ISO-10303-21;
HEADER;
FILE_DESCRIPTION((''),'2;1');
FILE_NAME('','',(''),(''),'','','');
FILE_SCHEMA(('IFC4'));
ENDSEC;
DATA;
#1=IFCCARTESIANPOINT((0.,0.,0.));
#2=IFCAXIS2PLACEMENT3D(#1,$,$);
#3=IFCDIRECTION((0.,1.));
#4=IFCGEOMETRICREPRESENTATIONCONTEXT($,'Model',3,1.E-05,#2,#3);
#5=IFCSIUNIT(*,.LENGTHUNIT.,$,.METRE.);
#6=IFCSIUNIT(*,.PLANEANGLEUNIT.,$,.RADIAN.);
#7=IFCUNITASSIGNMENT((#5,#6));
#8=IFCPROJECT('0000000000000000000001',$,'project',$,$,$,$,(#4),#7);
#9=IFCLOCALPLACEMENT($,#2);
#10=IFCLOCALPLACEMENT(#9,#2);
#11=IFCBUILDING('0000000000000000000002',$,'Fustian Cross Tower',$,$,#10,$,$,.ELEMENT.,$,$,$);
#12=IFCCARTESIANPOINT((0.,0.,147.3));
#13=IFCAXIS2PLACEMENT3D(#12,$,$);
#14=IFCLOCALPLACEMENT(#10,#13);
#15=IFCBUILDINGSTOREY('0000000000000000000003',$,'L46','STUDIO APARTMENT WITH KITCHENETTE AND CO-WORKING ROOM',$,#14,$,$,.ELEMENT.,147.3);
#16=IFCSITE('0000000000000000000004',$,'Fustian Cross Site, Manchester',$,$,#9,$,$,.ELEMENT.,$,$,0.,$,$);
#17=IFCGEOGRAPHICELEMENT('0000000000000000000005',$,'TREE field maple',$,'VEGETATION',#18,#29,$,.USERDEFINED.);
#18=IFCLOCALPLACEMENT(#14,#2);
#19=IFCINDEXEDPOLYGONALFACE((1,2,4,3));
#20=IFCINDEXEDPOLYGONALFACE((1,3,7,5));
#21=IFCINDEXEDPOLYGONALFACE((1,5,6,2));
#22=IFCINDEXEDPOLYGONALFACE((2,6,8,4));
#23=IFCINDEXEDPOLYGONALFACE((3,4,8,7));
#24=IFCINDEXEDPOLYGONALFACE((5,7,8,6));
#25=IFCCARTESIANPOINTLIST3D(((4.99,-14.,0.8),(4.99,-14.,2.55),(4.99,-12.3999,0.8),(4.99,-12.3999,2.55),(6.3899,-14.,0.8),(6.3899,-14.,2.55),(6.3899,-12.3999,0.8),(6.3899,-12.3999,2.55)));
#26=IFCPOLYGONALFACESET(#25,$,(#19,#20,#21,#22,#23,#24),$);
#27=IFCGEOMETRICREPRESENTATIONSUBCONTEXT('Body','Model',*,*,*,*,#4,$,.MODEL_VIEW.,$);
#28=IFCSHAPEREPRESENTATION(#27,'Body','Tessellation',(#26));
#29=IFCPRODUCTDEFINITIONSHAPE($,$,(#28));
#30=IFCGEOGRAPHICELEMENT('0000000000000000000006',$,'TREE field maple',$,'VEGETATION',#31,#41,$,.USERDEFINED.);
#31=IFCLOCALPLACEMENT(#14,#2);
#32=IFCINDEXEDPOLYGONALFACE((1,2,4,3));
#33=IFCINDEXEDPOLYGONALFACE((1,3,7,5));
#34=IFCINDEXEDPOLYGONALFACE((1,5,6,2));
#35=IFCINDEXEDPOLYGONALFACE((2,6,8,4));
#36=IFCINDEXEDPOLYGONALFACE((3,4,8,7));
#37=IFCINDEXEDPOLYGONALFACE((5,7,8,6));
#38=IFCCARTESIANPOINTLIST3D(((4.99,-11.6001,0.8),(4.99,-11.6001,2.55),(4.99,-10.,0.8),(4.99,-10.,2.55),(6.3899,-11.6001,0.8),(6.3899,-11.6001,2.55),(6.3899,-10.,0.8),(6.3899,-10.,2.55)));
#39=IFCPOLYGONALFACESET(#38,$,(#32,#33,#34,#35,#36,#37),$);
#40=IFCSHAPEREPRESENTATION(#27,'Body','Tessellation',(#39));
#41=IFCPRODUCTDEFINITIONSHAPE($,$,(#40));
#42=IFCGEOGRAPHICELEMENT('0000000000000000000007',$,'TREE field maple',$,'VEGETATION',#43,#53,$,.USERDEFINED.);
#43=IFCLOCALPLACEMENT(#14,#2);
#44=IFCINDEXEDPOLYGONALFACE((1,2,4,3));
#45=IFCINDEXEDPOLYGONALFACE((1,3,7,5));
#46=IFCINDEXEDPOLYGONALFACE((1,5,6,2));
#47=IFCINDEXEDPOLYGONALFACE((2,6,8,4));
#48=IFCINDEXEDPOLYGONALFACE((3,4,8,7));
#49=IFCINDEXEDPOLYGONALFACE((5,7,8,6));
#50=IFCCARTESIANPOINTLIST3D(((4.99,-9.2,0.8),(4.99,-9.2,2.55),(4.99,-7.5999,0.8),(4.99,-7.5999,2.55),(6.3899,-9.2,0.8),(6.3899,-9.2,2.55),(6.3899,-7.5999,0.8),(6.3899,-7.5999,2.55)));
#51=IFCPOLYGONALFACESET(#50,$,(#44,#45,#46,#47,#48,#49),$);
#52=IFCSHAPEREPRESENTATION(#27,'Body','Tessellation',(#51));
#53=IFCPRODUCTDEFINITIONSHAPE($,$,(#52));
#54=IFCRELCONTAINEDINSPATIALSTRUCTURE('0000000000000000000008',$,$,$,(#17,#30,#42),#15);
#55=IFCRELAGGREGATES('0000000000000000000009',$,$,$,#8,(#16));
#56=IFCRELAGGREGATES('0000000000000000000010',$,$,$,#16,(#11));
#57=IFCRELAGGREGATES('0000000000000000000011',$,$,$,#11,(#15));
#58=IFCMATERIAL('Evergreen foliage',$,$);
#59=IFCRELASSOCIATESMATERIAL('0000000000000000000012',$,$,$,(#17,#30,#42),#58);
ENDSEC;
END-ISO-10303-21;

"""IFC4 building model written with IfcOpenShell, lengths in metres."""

from ifc_helpers import new_model, si_unit, direction, frame, origin, origin_2d, place, context, subcontext, project, spatial, rectangle, extrude, material, element, save


model = new_model("IFC4")

# Units and contexts
model_context = context("Model", 3, precision=1e-05, world=origin(), true_north=direction((0.0, 1.0)))
body_context = subcontext(model_context, "Body", "Model", "MODEL_VIEW")
ifc_project = project(units=[si_unit("LENGTHUNIT", "METRE"), si_unit("PLANEANGLEUNIT", "RADIAN")], contexts=[model_context])

# Site, building, storey
site_placement = place(None, origin())
site = spatial("IfcSite", under=ifc_project, at=site_placement, Name="Fustian Cross Site, Manchester", CompositionType="ELEMENT", RefElevation=0.0)
building_placement = place(site_placement, origin())
building = spatial("IfcBuilding", under=site, at=building_placement, Name="Fustian Cross Tower", CompositionType="ELEMENT")
storey_placement = place(building_placement, frame((0.0, 0.0, 147.3)))
storey = spatial("IfcBuildingStorey", under=building, at=storey_placement, Name="L46", Description="STUDIO APARTMENT WITH KITCHENETTE AND CO-WORKING ROOM", CompositionType="ELEMENT", Elevation=147.3)

# Geographic elements
ifc_material_1 = material(Name="Evergreen foliage")
for number, where, z_axis, x_axis, name in (
    (1, (5.6899, -13.2, 0.8), (0.0, 0.0, 1.0), (1.0, 0.0, 0.0), "TREE field maple"),
    (2, (5.6899, -10.8, 0.8), (0.0, 0.0, 1.0), (1.0, 0.0, 0.0), "TREE field maple"),
    (3, (5.6899, -8.3999, 0.8), (0.0, 0.0, 1.0), (1.0, 0.0, 0.0), "TREE field maple"),
):
    element("IfcGeographicElement", number, at=place(storey_placement, frame(where, z_axis=z_axis, x_axis=x_axis)), inside=storey, material=ifc_material_1, Name=name, ObjectType="VEGETATION", PredefinedType="USERDEFINED", context=body_context, shape_type="SweptSolid", body=[
        extrude(rectangle(XDim=1.3999, YDim=1.6001, at=origin_2d()), origin(), (0.0, 0.0, 1.0), 1.75),
    ])

save(model, "model.ifc")
